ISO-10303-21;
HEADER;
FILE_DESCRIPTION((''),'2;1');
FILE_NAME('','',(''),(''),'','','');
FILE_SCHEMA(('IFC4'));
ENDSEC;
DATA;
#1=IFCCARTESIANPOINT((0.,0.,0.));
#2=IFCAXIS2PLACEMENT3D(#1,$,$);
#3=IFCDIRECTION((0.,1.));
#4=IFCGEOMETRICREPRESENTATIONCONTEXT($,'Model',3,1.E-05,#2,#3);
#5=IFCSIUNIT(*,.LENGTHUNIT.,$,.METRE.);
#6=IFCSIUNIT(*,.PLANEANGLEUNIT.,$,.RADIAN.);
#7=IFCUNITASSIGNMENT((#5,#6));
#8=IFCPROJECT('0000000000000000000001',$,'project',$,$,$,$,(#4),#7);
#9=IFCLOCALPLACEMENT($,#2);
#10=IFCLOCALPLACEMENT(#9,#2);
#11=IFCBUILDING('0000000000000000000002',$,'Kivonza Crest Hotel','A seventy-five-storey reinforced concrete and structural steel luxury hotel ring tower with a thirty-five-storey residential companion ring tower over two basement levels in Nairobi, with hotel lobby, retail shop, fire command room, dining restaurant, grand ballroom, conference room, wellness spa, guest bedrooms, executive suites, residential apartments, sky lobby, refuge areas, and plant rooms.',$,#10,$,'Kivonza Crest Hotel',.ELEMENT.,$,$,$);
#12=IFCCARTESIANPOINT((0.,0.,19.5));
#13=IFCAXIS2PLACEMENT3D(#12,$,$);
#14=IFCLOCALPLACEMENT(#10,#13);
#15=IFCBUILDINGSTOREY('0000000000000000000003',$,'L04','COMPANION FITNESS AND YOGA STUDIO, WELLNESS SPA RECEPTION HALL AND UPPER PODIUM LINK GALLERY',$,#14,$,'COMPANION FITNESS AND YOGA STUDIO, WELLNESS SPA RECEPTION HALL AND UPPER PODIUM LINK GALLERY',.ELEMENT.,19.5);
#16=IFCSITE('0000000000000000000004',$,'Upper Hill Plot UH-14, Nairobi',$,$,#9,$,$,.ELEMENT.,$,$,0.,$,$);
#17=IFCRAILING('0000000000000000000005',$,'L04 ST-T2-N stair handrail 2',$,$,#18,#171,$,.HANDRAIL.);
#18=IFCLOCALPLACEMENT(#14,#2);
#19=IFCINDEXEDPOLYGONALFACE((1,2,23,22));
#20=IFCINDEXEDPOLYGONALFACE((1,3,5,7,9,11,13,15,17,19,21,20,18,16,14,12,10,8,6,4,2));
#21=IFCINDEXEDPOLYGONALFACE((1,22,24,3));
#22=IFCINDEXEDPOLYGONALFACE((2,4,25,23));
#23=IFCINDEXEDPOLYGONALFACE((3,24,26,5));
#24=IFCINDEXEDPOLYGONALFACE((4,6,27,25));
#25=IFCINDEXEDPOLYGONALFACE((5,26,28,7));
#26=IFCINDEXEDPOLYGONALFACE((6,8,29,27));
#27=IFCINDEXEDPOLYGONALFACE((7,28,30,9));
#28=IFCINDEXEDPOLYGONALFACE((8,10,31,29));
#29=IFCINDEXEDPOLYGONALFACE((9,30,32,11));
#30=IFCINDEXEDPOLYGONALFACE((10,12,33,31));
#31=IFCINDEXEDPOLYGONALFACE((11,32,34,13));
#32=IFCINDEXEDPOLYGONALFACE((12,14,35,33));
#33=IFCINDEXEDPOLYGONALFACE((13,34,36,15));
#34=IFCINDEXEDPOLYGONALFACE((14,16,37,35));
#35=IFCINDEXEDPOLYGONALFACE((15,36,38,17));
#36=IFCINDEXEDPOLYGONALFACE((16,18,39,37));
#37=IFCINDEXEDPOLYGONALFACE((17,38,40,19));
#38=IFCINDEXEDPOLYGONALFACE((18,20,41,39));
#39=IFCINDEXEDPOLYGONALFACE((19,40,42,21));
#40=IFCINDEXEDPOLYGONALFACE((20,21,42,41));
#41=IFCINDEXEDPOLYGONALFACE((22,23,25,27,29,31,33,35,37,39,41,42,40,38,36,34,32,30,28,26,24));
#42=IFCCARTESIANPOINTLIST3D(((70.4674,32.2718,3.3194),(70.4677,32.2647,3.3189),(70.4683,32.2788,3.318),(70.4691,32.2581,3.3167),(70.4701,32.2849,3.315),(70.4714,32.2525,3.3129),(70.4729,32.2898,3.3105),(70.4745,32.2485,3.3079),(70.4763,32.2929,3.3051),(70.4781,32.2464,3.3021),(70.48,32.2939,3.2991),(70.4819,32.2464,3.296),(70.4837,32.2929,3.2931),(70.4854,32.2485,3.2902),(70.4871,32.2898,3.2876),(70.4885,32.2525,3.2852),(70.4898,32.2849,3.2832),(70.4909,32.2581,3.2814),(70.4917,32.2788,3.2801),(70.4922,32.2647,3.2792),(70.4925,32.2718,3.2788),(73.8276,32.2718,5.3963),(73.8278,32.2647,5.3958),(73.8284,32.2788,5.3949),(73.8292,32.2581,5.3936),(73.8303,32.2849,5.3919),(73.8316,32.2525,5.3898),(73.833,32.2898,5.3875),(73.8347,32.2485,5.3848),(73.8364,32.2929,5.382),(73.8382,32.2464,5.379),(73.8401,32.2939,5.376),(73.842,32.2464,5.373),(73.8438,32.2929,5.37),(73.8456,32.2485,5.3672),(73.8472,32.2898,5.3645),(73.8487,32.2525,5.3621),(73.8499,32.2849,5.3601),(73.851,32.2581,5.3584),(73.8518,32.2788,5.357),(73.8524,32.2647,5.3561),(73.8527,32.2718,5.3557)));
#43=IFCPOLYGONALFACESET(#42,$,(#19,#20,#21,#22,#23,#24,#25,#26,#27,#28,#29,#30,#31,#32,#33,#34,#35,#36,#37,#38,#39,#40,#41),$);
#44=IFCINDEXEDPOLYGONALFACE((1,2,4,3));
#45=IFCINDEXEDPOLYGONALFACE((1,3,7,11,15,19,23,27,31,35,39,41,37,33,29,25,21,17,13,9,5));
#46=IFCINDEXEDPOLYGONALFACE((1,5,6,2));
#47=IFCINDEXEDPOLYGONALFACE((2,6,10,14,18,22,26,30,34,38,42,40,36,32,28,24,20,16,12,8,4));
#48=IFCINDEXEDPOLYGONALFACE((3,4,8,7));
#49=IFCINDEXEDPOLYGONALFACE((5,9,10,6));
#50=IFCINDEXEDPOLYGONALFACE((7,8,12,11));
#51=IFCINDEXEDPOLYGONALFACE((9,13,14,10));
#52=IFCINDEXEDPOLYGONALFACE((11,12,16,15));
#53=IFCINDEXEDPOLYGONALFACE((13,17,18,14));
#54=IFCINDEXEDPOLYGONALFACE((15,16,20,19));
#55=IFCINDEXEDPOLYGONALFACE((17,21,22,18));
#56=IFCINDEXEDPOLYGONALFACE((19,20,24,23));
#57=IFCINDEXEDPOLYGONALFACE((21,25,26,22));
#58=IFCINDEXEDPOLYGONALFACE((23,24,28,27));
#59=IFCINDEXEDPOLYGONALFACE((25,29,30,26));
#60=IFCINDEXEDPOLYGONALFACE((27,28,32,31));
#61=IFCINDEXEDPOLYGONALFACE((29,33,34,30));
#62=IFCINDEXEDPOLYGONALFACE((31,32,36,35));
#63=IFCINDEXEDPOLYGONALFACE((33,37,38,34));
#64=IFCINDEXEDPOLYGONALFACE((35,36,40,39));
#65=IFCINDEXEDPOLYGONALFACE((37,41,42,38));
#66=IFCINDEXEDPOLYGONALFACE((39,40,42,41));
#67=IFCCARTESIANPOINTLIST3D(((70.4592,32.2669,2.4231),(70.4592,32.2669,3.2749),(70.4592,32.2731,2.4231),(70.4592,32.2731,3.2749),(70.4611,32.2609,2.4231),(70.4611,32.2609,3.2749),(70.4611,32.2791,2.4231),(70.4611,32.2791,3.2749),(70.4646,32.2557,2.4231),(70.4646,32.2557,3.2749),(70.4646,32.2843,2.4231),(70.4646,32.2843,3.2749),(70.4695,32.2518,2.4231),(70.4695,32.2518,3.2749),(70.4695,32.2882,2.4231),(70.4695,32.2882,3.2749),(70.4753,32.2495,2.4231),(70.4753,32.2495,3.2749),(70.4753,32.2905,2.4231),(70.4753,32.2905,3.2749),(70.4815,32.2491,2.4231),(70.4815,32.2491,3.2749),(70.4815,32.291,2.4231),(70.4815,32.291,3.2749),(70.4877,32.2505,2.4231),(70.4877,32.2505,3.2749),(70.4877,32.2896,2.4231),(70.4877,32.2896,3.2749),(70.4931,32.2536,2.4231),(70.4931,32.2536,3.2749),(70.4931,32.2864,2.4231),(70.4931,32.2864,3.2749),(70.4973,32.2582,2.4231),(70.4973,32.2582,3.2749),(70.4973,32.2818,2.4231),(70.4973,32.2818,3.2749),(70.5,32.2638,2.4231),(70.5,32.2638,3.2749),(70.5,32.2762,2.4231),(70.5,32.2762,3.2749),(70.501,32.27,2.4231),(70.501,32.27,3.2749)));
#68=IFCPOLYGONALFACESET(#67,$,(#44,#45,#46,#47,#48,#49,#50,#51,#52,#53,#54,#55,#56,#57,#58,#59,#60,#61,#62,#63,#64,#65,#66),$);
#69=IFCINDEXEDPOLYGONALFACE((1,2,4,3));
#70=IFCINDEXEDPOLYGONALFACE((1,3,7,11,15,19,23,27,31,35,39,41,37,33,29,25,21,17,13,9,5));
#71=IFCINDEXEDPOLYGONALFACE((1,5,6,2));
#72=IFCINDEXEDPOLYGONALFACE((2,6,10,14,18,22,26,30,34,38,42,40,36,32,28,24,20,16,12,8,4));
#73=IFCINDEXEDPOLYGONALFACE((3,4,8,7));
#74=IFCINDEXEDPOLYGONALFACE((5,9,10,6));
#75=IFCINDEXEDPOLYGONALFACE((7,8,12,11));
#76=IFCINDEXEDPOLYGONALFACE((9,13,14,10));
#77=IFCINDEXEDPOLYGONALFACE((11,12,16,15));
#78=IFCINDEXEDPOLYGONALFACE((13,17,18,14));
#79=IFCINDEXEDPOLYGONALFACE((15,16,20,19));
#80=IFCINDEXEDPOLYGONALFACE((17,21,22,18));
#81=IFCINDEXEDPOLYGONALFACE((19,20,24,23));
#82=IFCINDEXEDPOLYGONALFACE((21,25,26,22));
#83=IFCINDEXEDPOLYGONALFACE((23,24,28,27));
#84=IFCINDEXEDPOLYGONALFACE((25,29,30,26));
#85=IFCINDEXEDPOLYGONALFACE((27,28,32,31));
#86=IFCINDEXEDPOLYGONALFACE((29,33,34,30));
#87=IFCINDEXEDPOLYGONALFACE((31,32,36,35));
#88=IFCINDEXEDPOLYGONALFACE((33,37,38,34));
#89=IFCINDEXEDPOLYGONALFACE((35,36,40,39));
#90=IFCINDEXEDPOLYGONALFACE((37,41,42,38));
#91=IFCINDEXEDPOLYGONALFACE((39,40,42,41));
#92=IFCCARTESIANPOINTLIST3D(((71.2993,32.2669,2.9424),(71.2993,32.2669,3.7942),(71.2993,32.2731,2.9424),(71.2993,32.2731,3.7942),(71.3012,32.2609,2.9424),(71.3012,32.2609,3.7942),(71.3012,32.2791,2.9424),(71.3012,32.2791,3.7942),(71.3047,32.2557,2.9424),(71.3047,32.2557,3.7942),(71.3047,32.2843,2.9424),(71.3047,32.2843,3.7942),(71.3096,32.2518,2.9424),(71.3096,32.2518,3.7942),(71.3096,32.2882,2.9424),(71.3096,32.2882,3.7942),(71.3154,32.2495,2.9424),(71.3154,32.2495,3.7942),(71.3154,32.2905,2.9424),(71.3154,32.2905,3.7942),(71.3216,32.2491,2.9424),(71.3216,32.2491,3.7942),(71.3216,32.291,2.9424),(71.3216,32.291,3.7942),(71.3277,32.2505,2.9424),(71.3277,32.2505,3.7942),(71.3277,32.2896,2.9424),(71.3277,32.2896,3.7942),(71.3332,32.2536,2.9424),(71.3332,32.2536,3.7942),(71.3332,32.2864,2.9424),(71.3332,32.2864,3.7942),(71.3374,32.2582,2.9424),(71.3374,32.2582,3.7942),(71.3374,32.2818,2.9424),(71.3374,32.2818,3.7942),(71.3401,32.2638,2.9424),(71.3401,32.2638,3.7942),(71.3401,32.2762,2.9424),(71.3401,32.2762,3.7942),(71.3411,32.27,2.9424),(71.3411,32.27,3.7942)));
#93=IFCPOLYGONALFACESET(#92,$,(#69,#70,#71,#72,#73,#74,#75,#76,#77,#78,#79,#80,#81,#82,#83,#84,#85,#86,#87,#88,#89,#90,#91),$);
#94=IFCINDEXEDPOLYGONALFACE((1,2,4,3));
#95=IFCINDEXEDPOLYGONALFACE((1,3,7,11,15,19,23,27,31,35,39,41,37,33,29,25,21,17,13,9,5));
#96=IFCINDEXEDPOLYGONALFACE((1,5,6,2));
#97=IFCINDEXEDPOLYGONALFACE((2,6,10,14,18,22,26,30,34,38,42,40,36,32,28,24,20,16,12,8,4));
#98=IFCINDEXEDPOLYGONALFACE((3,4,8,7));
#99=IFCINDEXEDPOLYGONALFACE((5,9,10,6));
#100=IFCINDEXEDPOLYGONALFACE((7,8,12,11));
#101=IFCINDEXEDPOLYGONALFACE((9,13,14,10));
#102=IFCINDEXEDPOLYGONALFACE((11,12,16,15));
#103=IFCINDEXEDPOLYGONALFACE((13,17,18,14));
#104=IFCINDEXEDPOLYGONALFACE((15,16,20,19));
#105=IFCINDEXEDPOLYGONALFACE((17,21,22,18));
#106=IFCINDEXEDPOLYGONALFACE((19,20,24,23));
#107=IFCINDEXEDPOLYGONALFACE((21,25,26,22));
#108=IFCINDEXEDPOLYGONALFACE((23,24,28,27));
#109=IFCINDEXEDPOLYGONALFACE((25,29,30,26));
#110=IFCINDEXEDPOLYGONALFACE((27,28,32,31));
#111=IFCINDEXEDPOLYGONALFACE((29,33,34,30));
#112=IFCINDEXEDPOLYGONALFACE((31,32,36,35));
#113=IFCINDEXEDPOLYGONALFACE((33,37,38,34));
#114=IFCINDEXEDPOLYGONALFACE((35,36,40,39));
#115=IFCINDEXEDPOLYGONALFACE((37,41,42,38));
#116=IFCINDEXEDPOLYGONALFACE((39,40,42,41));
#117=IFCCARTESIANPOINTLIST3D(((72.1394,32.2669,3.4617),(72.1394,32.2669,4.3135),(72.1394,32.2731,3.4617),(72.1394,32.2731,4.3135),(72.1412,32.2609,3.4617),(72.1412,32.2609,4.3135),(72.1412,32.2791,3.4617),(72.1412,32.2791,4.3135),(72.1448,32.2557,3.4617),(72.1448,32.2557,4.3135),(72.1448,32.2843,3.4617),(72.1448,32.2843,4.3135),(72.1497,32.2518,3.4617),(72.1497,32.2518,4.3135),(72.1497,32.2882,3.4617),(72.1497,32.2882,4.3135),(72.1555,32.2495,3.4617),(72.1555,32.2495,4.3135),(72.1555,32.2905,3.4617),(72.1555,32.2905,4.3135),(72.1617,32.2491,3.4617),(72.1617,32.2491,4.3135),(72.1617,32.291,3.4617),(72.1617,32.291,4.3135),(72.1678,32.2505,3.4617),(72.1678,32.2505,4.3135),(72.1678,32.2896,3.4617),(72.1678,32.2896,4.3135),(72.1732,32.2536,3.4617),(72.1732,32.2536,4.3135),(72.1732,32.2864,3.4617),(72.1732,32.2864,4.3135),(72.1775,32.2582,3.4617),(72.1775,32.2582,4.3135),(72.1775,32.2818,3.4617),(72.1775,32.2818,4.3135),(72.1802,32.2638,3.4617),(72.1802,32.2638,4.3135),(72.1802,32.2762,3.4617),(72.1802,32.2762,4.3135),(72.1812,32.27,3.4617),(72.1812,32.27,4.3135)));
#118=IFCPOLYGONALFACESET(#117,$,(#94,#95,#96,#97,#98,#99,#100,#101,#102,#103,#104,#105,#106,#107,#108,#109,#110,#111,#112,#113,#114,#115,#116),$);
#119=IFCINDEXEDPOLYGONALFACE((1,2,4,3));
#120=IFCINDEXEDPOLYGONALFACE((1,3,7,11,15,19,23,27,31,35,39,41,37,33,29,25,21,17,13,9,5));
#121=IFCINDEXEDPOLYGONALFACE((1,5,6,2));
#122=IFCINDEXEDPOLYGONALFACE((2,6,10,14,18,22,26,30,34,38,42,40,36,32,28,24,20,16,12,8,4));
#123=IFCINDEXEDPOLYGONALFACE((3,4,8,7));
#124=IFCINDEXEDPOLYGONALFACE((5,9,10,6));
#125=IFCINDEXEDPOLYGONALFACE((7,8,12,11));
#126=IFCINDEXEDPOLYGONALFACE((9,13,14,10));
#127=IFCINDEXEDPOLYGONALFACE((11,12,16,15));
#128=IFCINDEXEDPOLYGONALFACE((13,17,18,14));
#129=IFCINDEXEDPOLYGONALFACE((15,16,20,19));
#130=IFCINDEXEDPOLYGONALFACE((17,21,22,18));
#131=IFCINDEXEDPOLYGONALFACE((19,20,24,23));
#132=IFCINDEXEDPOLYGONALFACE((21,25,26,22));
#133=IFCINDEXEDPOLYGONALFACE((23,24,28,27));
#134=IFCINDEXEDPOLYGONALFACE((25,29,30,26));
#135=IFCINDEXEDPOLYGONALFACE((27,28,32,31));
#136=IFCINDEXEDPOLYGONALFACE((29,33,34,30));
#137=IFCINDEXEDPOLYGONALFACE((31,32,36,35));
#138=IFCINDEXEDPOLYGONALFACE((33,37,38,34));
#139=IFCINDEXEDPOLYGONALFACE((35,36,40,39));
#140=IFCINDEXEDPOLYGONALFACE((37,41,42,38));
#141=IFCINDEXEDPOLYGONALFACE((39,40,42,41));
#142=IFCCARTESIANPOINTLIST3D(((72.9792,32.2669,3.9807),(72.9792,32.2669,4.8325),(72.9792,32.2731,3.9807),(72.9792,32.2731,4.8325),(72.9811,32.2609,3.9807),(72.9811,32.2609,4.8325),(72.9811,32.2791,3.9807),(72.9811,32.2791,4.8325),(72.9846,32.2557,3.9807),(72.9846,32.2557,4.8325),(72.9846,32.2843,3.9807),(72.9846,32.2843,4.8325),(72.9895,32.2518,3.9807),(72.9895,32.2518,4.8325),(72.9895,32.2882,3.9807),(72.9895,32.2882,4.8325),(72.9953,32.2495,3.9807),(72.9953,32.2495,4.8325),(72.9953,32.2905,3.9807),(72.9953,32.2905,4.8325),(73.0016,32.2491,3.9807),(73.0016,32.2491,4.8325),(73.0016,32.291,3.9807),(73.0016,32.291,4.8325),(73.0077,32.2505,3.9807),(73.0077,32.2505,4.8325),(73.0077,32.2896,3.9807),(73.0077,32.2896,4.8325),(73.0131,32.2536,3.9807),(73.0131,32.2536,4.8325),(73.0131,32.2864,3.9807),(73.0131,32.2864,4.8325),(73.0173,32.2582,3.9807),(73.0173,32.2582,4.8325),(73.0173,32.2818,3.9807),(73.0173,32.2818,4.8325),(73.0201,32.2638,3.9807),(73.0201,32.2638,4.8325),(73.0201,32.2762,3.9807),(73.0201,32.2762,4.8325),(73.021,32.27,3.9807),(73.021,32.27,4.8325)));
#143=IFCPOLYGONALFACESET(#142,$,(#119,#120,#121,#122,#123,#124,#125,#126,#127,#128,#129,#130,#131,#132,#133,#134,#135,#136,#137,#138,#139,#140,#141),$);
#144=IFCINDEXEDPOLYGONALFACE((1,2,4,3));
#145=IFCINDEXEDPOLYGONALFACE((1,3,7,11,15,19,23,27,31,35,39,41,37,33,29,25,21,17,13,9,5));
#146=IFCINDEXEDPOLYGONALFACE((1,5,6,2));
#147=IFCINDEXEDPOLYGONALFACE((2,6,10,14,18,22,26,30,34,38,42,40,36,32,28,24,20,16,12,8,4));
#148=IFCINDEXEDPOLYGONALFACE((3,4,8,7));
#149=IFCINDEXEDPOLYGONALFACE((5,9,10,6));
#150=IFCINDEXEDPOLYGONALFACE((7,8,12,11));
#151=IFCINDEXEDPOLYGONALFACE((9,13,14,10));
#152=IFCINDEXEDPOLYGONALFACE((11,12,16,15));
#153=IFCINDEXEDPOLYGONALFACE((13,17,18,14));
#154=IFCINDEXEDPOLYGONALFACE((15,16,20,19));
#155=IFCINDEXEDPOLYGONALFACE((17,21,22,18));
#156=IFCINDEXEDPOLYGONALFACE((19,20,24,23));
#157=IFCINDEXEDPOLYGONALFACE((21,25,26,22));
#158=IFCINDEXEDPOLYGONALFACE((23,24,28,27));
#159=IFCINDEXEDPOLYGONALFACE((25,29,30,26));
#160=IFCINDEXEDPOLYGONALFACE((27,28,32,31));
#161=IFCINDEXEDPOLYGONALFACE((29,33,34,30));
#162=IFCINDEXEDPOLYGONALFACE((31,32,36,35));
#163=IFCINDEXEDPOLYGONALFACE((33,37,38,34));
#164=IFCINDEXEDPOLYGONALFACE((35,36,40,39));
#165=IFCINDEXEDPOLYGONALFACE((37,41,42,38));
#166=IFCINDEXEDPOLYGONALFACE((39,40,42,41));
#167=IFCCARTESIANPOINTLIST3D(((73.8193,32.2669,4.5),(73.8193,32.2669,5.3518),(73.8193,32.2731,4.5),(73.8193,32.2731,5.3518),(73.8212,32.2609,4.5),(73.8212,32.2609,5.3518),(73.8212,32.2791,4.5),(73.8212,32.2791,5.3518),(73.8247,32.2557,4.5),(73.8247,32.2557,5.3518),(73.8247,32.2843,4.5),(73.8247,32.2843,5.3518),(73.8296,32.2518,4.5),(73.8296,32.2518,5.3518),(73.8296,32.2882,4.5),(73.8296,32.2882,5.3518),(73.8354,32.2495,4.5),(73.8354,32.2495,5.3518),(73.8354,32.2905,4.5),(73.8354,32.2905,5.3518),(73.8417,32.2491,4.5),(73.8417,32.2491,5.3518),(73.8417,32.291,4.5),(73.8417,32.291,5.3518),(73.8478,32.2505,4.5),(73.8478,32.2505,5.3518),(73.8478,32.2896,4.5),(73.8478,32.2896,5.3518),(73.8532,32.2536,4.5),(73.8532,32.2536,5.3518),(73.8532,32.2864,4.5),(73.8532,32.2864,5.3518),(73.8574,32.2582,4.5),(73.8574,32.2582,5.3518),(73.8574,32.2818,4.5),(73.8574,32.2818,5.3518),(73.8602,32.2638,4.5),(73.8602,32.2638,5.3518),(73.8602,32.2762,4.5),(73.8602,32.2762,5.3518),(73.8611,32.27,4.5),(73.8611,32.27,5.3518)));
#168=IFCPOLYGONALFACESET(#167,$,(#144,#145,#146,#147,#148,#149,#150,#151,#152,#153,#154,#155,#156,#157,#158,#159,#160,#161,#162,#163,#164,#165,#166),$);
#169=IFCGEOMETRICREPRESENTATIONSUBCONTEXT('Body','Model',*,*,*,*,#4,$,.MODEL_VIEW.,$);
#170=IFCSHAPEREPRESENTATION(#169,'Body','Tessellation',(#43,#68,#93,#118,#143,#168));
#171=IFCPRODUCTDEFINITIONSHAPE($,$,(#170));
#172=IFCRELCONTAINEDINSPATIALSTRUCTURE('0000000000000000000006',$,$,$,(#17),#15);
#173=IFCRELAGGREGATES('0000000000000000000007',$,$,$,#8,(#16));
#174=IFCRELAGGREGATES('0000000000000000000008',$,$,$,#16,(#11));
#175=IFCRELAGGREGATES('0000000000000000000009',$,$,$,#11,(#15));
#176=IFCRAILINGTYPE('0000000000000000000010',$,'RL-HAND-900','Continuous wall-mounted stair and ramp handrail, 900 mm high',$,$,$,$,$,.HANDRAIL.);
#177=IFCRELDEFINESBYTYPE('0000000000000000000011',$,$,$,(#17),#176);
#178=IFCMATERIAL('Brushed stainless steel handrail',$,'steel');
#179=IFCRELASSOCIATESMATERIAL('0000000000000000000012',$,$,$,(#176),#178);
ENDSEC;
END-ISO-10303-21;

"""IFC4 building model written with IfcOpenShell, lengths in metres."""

from ifc_helpers import new_model, si_unit, direction, frame, origin, origin_2d, place, context, subcontext, project, spatial, circle, extrude, material, type_object, element, save


model = new_model("IFC4")

# Units and contexts
model_context = context("Model", 3, precision=1e-05, world=origin(), true_north=direction((0.0, 1.0)))
body_context = subcontext(model_context, "Body", "Model", "MODEL_VIEW")
ifc_project = project(units=[si_unit("LENGTHUNIT", "METRE"), si_unit("PLANEANGLEUNIT", "RADIAN")], contexts=[model_context])

# Site, building, storey
site_placement = place(None, origin())
site = spatial("IfcSite", under=ifc_project, at=site_placement, Name="Upper Hill Plot UH-14, Nairobi", CompositionType="ELEMENT", RefElevation=0.0)
building_placement = place(site_placement, origin())
building = spatial("IfcBuilding", under=site, at=building_placement, Name="Kivonza Crest Hotel", Description="A seventy-five-storey reinforced concrete and structural steel luxury hotel ring tower with a thirty-five-storey residential companion ring tower over two basement levels in Nairobi, with hotel lobby, retail shop, fire command room, dining restaurant, grand ballroom, conference room, wellness spa, guest bedrooms, executive suites, residential apartments, sky lobby, refuge areas, and plant rooms.", LongName="Kivonza Crest Hotel", CompositionType="ELEMENT")
storey_placement = place(building_placement, frame((0.0, 0.0, 19.5)))
storey = spatial("IfcBuildingStorey", under=building, at=storey_placement, Name="L04", Description="COMPANION FITNESS AND YOGA STUDIO, WELLNESS SPA RECEPTION HALL AND UPPER PODIUM LINK GALLERY", LongName="COMPANION FITNESS AND YOGA STUDIO, WELLNESS SPA RECEPTION HALL AND UPPER PODIUM LINK GALLERY", CompositionType="ELEMENT", Elevation=19.5)

# Railing
ifc_material_1 = material(Name="Brushed stainless steel handrail", Category="steel")
railing_type_1 = type_object("IfcRailingType", Name="RL-HAND-900", Description="Continuous wall-mounted stair and ramp handrail, 900 mm high", PredefinedType="HANDRAIL", material=ifc_material_1)
railing_1_placement = place(storey_placement, frame((70.48, 32.27, 2.4231)))
element("IfcRailing", 1, at=railing_1_placement, inside=storey, type_object=railing_type_1, Name="L04 ST-T2-N stair handrail 2", PredefinedType="HANDRAIL", context=body_context, shape_type="SweptSolid", body=[
    extrude(circle(Radius=0.0239, at=origin_2d()), frame((0.0, 0.0, 0.876), z_axis=(0.850623, 0.0, 0.525776), x_axis=(0.0, 1.0, 0.0)), (0.0, 0.0, 1.0), 3.9502),
    extrude(circle(Radius=0.021, at=origin_2d()), origin(), (0.0, 0.0, 1.0), 0.8518),
    extrude(circle(Radius=0.021, at=origin_2d()), frame((0.8401, 0.0, 0.5193)), (0.0, 0.0, 1.0), 0.8518),
    extrude(circle(Radius=0.021, at=origin_2d()), frame((1.6802, 0.0, 1.0386)), (0.0, 0.0, 1.0), 0.8518),
    extrude(circle(Radius=0.021, at=origin_2d()), frame((2.52, 0.0, 1.5576)), (0.0, 0.0, 1.0), 0.8518),
    extrude(circle(Radius=0.021, at=origin_2d()), frame((3.3601, 0.0, 2.0769)), (0.0, 0.0, 1.0), 0.8518),
])

save(model, "model.ifc")
